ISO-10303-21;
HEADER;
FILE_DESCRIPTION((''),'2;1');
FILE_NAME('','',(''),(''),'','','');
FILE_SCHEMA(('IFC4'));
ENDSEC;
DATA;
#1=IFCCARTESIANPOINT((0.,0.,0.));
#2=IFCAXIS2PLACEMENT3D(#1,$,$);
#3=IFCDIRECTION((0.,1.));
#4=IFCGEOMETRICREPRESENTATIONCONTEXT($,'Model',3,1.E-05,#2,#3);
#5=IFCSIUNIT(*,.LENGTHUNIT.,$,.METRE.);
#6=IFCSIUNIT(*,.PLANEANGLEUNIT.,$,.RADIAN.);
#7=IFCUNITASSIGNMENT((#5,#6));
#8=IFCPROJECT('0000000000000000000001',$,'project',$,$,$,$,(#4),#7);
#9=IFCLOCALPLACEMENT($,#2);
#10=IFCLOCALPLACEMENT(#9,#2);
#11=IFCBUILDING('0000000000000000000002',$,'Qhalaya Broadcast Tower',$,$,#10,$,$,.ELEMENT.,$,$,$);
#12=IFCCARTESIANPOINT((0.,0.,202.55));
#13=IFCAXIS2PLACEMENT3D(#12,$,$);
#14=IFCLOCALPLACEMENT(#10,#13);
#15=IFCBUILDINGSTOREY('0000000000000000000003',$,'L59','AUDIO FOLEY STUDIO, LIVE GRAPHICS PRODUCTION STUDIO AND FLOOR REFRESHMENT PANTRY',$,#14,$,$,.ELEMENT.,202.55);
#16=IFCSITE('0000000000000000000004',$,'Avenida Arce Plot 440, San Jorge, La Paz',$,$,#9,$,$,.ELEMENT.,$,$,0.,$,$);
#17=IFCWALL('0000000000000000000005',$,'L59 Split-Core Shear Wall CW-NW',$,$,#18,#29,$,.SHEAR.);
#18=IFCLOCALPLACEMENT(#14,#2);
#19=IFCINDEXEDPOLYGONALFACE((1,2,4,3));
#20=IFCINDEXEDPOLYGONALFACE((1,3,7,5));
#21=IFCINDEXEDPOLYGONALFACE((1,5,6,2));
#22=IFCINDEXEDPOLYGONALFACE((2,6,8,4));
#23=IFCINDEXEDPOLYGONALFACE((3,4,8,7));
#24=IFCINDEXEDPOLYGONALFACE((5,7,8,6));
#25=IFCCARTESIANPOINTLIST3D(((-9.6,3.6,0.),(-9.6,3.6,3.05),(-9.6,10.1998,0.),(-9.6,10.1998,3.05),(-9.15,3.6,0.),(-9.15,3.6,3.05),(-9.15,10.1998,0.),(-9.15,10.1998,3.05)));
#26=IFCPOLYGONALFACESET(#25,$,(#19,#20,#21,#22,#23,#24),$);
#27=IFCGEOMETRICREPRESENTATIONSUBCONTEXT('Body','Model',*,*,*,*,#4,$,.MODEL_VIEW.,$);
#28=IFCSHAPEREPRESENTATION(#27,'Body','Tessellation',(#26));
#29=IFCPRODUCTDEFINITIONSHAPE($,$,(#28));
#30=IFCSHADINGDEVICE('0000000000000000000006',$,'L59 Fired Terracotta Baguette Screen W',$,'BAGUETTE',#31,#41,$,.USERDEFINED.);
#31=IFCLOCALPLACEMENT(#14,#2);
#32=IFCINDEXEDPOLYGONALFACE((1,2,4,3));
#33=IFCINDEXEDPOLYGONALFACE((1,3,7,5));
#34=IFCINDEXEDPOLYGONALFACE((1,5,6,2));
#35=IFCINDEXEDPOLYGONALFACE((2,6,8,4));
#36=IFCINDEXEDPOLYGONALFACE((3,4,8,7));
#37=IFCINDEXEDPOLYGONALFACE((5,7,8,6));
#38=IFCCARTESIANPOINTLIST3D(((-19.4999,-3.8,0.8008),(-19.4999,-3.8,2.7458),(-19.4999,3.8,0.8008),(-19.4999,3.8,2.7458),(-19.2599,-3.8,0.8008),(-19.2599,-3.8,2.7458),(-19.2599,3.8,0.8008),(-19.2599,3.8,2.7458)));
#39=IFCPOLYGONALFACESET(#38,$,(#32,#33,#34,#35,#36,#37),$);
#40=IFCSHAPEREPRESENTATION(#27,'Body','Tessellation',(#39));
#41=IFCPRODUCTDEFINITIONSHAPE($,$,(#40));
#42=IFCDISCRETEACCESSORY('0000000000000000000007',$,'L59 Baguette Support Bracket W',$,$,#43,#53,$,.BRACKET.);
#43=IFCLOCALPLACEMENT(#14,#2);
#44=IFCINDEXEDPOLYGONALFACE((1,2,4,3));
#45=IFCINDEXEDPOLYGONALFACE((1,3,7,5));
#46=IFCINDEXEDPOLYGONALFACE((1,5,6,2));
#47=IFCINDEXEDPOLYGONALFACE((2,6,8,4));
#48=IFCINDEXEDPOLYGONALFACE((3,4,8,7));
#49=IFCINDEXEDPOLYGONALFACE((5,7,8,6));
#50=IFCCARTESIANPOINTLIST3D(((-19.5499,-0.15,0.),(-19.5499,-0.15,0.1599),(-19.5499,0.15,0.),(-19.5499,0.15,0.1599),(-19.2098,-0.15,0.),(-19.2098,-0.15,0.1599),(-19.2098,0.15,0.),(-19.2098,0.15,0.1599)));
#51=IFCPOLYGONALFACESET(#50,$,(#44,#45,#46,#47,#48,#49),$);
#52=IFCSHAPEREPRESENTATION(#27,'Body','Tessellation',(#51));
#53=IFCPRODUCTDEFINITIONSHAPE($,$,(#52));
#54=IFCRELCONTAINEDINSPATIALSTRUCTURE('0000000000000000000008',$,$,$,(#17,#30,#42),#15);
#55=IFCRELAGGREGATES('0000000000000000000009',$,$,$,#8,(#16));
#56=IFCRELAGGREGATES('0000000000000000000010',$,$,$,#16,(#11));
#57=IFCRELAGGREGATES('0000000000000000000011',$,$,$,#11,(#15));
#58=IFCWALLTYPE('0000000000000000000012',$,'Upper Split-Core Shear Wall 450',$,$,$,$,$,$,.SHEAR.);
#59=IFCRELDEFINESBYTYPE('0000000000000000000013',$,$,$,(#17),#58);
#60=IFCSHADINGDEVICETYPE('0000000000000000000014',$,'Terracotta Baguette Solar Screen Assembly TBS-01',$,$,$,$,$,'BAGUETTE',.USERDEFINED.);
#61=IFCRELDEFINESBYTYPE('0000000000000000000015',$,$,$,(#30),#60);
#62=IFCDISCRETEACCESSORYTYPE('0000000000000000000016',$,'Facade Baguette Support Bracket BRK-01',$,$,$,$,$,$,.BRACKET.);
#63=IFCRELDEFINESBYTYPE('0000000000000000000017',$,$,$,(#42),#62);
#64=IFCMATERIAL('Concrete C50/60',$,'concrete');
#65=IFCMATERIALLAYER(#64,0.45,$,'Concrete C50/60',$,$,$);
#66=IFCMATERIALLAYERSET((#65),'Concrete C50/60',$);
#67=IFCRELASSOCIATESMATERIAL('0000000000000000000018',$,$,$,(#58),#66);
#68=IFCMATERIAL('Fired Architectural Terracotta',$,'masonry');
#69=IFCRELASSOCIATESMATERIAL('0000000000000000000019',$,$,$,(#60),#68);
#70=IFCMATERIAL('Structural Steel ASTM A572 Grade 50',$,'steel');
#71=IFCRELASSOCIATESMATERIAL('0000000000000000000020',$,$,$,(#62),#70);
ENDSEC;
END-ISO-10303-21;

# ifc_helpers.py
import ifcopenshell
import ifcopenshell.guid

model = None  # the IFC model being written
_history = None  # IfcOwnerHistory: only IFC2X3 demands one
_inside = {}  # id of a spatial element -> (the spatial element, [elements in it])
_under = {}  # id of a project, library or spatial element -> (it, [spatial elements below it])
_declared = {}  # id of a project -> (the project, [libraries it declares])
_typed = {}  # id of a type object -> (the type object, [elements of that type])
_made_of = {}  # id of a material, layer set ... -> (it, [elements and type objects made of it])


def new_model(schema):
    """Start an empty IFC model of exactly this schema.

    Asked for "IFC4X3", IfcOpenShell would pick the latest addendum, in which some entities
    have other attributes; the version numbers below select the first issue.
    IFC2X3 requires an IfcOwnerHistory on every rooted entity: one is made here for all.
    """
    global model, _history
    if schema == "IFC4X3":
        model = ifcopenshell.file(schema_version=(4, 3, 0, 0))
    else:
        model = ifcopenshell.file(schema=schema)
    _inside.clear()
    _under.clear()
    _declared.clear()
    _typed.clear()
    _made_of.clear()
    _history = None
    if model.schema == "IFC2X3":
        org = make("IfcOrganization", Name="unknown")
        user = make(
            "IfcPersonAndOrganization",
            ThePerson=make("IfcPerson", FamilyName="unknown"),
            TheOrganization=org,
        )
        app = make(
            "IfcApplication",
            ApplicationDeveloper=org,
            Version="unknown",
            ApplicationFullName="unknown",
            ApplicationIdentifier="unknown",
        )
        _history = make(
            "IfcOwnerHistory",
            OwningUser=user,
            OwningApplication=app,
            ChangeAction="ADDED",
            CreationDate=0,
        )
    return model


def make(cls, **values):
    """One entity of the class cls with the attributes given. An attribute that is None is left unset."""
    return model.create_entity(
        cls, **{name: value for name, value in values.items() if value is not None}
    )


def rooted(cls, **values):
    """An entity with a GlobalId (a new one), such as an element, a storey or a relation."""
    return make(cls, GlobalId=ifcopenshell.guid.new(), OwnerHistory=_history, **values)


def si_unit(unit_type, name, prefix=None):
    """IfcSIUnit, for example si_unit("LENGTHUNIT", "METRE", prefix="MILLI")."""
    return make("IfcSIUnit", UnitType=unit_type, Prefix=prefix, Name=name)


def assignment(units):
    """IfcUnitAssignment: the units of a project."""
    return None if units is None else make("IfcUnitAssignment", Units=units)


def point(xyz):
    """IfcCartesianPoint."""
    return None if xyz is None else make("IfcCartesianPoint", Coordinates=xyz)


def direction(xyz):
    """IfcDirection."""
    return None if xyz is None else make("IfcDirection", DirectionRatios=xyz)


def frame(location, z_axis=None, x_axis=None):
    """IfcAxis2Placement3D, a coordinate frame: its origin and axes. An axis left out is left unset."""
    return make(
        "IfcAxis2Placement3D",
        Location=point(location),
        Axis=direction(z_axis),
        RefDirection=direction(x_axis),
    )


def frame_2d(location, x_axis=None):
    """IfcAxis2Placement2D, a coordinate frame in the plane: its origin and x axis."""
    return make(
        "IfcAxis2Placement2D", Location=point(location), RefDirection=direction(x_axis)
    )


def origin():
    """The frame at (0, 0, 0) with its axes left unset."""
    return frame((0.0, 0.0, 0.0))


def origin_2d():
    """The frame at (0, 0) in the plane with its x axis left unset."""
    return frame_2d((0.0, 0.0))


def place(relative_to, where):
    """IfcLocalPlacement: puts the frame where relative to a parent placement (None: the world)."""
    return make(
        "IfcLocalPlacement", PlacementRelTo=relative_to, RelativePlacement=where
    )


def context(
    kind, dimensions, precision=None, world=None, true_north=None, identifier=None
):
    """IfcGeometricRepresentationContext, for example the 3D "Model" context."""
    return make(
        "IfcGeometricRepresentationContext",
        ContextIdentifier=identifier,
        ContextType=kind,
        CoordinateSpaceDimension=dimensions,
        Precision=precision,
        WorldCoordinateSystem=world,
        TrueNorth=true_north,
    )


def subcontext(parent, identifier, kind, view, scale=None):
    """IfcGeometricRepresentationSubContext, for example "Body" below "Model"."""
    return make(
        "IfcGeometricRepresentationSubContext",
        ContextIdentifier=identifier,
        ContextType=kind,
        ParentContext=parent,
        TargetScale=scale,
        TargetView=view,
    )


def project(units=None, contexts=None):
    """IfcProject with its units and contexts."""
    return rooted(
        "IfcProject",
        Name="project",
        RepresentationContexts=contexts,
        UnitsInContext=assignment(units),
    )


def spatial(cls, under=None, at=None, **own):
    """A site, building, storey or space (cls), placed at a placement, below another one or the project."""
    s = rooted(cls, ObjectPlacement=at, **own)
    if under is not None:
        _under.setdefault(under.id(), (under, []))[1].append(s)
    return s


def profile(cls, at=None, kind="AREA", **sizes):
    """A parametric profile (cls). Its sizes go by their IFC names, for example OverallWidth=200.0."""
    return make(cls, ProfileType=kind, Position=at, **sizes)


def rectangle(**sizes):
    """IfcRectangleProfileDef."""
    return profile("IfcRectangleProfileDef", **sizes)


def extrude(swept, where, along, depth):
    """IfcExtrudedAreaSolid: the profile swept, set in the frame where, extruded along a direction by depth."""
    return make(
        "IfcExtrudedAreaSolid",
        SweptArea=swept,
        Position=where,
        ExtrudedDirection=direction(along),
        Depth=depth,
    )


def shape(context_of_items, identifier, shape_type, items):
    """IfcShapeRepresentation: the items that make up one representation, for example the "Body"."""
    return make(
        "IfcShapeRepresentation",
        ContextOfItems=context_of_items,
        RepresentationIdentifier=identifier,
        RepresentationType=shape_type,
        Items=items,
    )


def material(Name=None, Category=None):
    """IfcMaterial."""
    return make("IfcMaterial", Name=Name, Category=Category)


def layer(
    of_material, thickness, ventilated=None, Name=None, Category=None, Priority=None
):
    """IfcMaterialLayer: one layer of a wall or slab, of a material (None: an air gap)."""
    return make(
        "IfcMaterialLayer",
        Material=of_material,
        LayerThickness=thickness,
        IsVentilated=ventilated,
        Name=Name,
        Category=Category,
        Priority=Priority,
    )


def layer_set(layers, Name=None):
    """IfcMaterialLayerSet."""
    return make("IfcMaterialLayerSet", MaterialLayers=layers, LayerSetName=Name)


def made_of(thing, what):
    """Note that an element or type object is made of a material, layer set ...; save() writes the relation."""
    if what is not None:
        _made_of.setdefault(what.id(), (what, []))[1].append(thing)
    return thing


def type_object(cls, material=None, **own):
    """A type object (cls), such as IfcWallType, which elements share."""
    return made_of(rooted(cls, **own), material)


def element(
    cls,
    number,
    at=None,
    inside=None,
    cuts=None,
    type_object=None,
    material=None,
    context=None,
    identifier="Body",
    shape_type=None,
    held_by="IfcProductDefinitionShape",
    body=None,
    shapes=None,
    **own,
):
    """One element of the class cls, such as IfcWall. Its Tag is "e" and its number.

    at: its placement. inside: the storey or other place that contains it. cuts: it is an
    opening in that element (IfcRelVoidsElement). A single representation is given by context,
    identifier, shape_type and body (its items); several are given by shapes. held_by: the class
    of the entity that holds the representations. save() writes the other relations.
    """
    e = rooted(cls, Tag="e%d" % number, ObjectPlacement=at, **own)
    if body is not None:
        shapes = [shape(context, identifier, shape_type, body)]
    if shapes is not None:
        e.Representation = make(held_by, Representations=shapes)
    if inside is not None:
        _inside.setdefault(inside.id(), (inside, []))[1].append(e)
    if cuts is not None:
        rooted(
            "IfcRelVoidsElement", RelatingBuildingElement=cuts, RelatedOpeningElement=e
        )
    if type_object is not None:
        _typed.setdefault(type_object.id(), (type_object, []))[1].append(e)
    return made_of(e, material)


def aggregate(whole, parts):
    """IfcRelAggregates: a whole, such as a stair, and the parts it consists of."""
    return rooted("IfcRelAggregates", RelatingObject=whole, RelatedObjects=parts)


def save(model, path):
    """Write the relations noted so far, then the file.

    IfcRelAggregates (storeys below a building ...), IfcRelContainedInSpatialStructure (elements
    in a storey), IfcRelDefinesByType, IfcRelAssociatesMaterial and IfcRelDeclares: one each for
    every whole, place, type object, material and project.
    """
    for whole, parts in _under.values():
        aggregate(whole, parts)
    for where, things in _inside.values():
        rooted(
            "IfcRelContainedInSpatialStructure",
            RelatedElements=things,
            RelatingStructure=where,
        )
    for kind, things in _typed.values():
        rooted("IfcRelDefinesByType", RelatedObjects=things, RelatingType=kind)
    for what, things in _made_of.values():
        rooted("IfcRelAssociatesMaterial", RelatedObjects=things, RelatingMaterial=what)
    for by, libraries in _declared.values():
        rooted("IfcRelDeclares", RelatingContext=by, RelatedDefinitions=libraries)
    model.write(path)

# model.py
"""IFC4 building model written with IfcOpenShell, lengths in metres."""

from ifc_helpers import new_model, si_unit, direction, frame, frame_2d, origin, origin_2d, place, context, subcontext, project, spatial, rectangle, extrude, material, layer, layer_set, type_object, element, save


model = new_model("IFC4")

# Units and contexts
model_context = context("Model", 3, precision=1e-05, world=origin(), true_north=direction((0.0, 1.0)))
body_context = subcontext(model_context, "Body", "Model", "MODEL_VIEW")
ifc_project = project(units=[si_unit("LENGTHUNIT", "METRE"), si_unit("PLANEANGLEUNIT", "RADIAN")], contexts=[model_context])

# Site, building, storey
site_placement = place(None, origin())
site = spatial("IfcSite", under=ifc_project, at=site_placement, Name="Avenida Arce Plot 440, San Jorge, La Paz", CompositionType="ELEMENT", RefElevation=0.0)
building_placement = place(site_placement, origin())
building = spatial("IfcBuilding", under=site, at=building_placement, Name="Qhalaya Broadcast Tower", CompositionType="ELEMENT")
storey_placement = place(building_placement, frame((0.0, 0.0, 202.55)))
storey = spatial("IfcBuildingStorey", under=building, at=storey_placement, Name="L59", Description="AUDIO FOLEY STUDIO, LIVE GRAPHICS PRODUCTION STUDIO AND FLOOR REFRESHMENT PANTRY", CompositionType="ELEMENT", Elevation=202.55)

# Shared definitions
ifc_material_1 = material(Name="Concrete C50/60", Category="concrete")
ifc_material_2 = material(Name="Structural Steel ASTM A572 Grade 50", Category="steel")

# Shared definitions
ifc_layer_1 = layer(ifc_material_1, 0.45, Name="Concrete C50/60")
ifc_layer_set_1 = layer_set([ifc_layer_1], Name="Concrete C50/60")
wall_type_1 = type_object("IfcWallType", Name="Upper Split-Core Shear Wall 450", PredefinedType="SHEAR", material=ifc_layer_set_1)

# Wall
wall_1_placement = place(storey_placement, frame((-9.375, 3.6001, 0.0), z_axis=(0.0, 0.0, 1.0), x_axis=(0.0, 1.0, 0.0)))
element("IfcWall", 1, at=wall_1_placement, inside=storey, type_object=wall_type_1, Name="L59 Split-Core Shear Wall CW-NW", PredefinedType="SHEAR", context=body_context, shape_type="SweptSolid", body=[
    extrude(rectangle(XDim=6.5999, YDim=0.45, at=frame_2d((3.2998, 0.0))), origin(), (0.0, 0.0, 1.0), 3.05),
])

# Shading device
ifc_material_3 = material(Name="Fired Architectural Terracotta", Category="masonry")
shading_device_type = type_object("IfcShadingDeviceType", Name="Terracotta Baguette Solar Screen Assembly TBS-01", ElementType="BAGUETTE", PredefinedType="USERDEFINED", material=ifc_material_3)
shading_device_placement = place(storey_placement, frame((-19.3799, 0.0, 0.8008), z_axis=(0.0, 0.0, 1.0), x_axis=(0.0, -1.0, 0.0)))
element("IfcShadingDevice", 2, at=shading_device_placement, inside=storey, type_object=shading_device_type, Name="L59 Fired Terracotta Baguette Screen W", ObjectType="BAGUETTE", PredefinedType="USERDEFINED", context=body_context, shape_type="SweptSolid", body=[
    extrude(rectangle(XDim=7.6001, YDim=0.24, at=origin_2d()), origin(), (0.0, 0.0, 1.0), 1.9451),
])

# Discrete accessory
discrete_accessory_type = type_object("IfcDiscreteAccessoryType", Name="Facade Baguette Support Bracket BRK-01", PredefinedType="BRACKET", material=ifc_material_2)
discrete_accessory_placement = place(storey_placement, frame((-19.3799, 0.0, 0.0), z_axis=(0.0, 0.0, 1.0), x_axis=(0.0, -1.0, 0.0)))
element("IfcDiscreteAccessory", 3, at=discrete_accessory_placement, inside=storey, type_object=discrete_accessory_type, Name="L59 Baguette Support Bracket W", PredefinedType="BRACKET", context=body_context, shape_type="SweptSolid", body=[
    extrude(rectangle(XDim=0.3, YDim=0.3401, at=origin_2d()), origin(), (0.0, 0.0, 1.0), 0.1599),
])

save(model, "model.ifc")
